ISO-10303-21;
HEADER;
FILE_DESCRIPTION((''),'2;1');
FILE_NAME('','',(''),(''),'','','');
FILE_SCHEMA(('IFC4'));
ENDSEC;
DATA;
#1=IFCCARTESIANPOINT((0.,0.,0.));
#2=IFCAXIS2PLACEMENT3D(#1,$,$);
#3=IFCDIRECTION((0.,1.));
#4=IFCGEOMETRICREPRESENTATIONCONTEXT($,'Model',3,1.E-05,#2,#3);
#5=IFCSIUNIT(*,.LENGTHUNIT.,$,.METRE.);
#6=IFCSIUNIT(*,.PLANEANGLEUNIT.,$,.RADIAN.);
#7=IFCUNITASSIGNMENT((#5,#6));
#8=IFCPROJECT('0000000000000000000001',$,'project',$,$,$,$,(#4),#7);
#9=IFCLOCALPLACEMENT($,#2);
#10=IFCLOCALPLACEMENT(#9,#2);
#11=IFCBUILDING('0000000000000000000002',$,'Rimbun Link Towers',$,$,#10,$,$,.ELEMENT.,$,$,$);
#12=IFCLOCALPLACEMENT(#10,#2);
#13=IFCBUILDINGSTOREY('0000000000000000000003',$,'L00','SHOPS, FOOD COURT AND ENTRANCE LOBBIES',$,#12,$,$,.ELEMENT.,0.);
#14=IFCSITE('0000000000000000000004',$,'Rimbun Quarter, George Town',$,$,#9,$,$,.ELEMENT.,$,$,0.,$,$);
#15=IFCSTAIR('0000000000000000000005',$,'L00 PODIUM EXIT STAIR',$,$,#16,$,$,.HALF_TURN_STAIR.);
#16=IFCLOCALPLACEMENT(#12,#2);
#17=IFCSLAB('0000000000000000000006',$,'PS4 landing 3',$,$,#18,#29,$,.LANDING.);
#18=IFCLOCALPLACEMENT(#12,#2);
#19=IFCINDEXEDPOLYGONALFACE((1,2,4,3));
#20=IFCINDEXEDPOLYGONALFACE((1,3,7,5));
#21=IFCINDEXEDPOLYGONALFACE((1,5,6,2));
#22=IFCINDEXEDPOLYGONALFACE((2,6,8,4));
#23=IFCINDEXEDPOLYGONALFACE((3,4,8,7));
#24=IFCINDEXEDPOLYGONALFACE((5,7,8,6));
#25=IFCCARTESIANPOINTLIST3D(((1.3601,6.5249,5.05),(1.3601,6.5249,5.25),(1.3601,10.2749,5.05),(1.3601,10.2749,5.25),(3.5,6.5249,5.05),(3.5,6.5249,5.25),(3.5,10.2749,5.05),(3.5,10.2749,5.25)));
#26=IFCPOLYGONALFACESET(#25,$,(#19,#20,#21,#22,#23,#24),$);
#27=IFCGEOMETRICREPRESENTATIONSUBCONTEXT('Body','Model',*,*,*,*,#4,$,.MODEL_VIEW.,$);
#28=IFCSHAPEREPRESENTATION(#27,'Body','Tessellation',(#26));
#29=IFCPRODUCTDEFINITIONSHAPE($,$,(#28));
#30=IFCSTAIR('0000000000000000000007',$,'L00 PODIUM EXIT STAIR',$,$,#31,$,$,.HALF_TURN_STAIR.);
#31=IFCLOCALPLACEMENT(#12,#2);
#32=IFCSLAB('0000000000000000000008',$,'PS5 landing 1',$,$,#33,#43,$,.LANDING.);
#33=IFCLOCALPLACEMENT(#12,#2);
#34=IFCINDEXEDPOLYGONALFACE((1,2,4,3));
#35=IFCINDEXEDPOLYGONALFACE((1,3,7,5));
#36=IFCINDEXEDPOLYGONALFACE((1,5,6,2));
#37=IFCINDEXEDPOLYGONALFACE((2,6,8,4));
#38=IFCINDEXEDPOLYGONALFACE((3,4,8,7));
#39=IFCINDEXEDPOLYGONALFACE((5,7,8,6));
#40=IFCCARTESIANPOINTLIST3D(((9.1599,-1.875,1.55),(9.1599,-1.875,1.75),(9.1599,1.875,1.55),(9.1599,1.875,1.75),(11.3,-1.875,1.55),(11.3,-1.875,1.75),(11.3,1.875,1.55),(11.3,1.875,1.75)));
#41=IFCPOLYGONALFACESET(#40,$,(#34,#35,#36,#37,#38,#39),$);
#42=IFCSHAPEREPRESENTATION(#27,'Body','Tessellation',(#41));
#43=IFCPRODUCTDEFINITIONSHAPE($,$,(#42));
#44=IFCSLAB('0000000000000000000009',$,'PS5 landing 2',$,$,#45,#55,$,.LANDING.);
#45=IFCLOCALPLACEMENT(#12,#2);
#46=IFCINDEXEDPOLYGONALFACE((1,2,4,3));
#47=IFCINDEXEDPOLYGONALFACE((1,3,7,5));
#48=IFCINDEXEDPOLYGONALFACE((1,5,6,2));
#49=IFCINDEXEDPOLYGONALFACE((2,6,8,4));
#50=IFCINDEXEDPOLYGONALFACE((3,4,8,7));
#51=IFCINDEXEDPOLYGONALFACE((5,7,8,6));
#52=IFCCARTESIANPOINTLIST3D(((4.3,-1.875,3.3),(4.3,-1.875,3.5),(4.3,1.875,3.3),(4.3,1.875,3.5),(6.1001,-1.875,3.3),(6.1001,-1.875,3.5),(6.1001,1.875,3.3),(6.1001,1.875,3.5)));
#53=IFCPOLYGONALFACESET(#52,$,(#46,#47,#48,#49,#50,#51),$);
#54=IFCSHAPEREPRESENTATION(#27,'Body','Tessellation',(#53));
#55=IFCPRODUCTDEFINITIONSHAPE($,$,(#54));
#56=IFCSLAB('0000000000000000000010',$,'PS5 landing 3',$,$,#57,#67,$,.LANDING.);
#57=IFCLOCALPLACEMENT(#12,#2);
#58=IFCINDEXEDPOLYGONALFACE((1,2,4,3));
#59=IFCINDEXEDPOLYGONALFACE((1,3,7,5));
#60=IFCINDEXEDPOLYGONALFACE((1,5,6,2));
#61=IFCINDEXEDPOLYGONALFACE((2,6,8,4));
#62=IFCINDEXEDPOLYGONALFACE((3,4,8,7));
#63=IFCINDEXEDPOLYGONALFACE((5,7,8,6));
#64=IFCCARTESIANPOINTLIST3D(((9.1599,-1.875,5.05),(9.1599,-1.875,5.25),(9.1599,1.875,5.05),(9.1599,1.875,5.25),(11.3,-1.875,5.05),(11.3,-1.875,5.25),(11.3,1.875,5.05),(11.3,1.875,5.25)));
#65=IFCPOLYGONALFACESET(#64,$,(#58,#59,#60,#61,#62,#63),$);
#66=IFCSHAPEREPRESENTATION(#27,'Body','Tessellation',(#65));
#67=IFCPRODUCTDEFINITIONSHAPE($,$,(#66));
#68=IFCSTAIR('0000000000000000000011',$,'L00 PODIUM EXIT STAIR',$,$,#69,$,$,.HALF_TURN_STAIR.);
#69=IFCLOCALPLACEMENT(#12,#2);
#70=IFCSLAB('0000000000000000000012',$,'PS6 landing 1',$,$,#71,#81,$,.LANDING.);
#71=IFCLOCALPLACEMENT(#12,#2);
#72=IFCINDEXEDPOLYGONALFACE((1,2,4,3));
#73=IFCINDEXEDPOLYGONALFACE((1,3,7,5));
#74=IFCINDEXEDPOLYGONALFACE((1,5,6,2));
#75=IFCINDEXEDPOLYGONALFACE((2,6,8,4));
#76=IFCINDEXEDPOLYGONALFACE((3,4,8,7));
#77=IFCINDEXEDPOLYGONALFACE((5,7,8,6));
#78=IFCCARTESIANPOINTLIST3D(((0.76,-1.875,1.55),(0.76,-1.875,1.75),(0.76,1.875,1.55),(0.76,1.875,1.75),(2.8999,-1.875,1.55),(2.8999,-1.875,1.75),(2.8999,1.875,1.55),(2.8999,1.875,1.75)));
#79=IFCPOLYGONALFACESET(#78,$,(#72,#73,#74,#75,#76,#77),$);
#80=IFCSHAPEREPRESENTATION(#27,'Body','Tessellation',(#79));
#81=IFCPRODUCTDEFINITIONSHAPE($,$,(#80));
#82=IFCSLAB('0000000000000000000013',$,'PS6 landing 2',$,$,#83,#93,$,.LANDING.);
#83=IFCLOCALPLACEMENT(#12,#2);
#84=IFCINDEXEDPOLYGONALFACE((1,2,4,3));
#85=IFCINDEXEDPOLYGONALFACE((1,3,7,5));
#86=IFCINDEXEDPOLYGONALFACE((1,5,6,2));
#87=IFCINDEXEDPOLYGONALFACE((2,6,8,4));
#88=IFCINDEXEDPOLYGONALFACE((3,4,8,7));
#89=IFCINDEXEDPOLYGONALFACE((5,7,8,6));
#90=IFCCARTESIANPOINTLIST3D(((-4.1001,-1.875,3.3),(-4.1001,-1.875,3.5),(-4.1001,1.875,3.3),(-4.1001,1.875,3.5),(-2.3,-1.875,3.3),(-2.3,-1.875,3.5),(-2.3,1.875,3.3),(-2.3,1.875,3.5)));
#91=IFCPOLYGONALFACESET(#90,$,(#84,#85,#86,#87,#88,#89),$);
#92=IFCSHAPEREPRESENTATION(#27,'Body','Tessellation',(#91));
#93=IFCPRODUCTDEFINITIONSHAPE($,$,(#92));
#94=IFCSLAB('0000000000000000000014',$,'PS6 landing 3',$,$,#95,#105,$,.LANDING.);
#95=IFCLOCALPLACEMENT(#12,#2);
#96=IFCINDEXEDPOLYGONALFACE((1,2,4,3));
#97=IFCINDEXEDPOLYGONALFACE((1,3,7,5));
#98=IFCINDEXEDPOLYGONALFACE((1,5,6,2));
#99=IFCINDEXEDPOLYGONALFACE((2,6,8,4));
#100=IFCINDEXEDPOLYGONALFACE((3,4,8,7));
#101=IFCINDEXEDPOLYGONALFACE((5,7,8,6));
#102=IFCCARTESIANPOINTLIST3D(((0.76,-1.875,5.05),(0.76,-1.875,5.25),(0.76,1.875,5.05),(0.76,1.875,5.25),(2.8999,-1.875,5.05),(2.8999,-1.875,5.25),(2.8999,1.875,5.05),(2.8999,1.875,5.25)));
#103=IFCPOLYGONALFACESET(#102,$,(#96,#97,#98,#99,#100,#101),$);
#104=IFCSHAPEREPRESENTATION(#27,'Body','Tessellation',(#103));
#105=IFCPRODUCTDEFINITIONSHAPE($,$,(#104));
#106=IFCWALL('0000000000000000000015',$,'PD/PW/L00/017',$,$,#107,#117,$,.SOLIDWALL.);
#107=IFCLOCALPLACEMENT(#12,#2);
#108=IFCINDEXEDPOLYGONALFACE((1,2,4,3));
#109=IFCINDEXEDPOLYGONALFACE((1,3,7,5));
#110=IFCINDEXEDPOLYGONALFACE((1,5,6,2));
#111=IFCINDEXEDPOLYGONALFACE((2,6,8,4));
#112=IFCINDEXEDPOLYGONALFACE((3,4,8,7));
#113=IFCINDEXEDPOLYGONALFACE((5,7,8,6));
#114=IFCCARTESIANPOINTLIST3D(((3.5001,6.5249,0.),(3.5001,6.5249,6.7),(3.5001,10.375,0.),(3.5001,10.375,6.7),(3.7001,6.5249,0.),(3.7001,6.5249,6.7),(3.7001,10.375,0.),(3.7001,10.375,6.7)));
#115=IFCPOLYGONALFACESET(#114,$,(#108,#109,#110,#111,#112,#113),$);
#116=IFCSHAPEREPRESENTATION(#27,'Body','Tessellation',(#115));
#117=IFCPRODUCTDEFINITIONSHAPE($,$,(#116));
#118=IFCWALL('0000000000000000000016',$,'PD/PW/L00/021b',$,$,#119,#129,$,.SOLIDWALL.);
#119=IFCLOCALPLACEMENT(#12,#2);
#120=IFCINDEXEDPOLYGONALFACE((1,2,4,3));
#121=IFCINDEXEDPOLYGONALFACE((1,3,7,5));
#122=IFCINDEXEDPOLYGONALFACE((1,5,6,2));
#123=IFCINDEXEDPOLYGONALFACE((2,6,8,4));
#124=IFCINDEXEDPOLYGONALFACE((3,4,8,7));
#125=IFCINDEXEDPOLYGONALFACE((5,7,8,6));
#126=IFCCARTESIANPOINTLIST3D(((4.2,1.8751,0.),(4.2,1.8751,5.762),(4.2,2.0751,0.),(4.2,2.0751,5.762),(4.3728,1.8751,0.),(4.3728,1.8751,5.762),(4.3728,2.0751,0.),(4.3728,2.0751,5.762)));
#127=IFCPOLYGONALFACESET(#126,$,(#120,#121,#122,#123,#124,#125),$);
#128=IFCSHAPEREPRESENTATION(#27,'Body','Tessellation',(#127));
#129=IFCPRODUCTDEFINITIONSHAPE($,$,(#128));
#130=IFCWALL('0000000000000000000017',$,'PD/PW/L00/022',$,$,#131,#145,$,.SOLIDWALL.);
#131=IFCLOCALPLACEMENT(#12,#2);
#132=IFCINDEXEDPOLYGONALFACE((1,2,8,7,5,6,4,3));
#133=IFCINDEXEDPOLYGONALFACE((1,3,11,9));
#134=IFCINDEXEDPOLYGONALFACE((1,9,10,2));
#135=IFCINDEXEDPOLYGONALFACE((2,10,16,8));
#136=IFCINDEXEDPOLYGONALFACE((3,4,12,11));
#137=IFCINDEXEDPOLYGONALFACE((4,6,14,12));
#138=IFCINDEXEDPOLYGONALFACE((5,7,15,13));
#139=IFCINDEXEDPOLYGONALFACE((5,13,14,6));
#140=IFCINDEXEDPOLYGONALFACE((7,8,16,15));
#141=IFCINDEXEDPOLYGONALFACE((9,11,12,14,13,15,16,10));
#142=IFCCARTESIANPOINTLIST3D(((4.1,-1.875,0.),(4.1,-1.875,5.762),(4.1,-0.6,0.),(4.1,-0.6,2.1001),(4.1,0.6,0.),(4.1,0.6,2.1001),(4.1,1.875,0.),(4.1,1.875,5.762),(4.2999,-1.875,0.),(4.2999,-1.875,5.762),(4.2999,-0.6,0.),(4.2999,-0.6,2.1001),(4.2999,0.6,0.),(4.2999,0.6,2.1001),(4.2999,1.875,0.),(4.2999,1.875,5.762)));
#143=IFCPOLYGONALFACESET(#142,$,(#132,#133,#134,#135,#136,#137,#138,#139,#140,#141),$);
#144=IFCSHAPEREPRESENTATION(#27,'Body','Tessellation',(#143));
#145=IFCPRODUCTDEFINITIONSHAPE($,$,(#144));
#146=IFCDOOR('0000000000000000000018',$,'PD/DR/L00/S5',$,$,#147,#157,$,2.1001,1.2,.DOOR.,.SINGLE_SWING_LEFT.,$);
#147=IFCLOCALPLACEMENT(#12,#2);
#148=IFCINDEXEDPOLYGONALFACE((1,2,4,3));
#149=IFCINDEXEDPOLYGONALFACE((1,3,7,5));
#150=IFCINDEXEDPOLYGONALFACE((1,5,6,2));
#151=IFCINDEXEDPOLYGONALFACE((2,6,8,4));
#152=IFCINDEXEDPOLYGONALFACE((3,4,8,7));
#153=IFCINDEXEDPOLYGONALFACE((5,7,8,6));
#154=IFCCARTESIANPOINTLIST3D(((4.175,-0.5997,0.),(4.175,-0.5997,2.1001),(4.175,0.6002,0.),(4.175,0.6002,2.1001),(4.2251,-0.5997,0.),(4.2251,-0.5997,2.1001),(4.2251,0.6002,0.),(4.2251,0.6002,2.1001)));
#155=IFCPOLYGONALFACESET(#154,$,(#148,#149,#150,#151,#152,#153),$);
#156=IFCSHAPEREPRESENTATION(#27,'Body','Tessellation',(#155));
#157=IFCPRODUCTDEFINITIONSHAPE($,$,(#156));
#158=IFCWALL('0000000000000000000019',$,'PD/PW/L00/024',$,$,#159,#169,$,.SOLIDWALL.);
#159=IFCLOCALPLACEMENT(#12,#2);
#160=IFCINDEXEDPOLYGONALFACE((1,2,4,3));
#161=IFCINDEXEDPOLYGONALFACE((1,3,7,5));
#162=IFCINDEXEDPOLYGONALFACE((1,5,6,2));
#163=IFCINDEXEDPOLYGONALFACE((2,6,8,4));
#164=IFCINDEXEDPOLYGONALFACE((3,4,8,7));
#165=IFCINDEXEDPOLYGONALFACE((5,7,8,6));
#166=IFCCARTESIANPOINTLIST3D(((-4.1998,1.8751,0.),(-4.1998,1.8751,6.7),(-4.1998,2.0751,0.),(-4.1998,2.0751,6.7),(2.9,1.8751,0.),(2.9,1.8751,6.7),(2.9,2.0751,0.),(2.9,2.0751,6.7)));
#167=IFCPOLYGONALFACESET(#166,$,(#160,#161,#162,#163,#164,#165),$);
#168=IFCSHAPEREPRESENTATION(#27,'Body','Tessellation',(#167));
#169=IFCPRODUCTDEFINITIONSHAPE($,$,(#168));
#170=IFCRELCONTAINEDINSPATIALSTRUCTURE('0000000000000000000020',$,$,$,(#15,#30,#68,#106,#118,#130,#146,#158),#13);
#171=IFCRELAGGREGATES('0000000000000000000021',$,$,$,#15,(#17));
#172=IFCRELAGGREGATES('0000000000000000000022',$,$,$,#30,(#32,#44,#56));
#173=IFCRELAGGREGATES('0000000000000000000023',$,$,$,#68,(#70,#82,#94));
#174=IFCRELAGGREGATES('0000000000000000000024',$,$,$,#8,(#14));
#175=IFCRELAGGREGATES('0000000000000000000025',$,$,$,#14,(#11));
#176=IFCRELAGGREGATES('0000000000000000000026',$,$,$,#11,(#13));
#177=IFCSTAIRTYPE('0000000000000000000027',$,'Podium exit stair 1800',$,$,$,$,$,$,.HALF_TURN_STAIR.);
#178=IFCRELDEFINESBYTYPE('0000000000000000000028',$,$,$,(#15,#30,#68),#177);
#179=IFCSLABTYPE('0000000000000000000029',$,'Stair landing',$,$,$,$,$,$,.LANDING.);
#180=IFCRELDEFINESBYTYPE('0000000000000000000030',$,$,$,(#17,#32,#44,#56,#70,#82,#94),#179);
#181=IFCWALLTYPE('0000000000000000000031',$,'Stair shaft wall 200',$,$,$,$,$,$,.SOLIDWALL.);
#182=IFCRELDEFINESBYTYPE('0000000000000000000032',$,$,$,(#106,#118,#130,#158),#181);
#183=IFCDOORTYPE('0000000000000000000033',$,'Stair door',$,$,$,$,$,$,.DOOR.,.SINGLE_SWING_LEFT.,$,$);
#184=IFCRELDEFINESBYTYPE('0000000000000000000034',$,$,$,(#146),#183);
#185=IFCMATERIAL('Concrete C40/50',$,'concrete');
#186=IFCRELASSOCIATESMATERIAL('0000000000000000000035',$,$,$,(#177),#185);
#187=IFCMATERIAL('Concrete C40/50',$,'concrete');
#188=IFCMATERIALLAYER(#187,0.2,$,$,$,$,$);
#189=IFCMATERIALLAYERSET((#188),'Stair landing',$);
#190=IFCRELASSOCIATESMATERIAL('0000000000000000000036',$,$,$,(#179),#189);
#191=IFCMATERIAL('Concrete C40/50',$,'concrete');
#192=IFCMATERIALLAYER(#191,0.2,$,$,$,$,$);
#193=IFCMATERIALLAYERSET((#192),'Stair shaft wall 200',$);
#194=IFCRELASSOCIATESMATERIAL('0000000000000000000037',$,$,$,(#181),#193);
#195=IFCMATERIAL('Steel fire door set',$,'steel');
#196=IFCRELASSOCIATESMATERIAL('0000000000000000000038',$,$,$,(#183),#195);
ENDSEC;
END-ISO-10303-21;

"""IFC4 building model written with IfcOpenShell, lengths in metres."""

from ifc_helpers import new_model, si_unit, direction, frame, frame_2d, origin, place, context, subcontext, project, spatial, polyline, rectangle, outline, extrude, material, layer, layer_set, type_object, element, fill, aggregate, save


model = new_model("IFC4")

# Units and contexts
model_context = context("Model", 3, precision=1e-05, world=origin(), true_north=direction((0.0, 1.0)))
body_context = subcontext(model_context, "Body", "Model", "MODEL_VIEW")
ifc_project = project(units=[si_unit("LENGTHUNIT", "METRE"), si_unit("PLANEANGLEUNIT", "RADIAN")], contexts=[model_context])

# Site, building, storey
site_placement = place(None, origin())
site = spatial("IfcSite", under=ifc_project, at=site_placement, Name="Rimbun Quarter, George Town", CompositionType="ELEMENT", RefElevation=0.0)
building_placement = place(site_placement, origin())
building = spatial("IfcBuilding", under=site, at=building_placement, Name="Rimbun Link Towers", CompositionType="ELEMENT")
storey_placement = place(building_placement, origin())
storey = spatial("IfcBuildingStorey", under=building, at=storey_placement, Name="L00", Description="SHOPS, FOOD COURT AND ENTRANCE LOBBIES", CompositionType="ELEMENT", Elevation=0.0)

# Stairs, slabs
ifc_material_1 = material(Name="Concrete C40/50", Category="concrete")
stair_type = type_object("IfcStairType", Name="Podium exit stair 1800", PredefinedType="HALF_TURN_STAIR", material=ifc_material_1)
ifc_material_2 = material(Name="Concrete C40/50", Category="concrete")
ifc_layer_1 = layer(ifc_material_2, 0.2)
ifc_layer_set_1 = layer_set([ifc_layer_1], Name="Stair landing")
slab_type = type_object("IfcSlabType", Name="Stair landing", PredefinedType="LANDING", material=ifc_layer_set_1)
stair_1_placement = place(storey_placement, origin())
stair_1 = element("IfcStair", 1, at=stair_1_placement, inside=storey, type_object=stair_type, Name="L00 PODIUM EXIT STAIR", PredefinedType="HALF_TURN_STAIR")
slab_1_placement = place(storey_placement, frame((0.0, 0.0, 5.05)))
slab_1 = element("IfcSlab", 2, at=slab_1_placement, type_object=slab_type, Name="PS4 landing 3", PredefinedType="LANDING", context=body_context, shape_type="SweptSolid", body=[
    extrude(outline(polyline([(1.3601, 6.5249), (3.5, 6.5249), (3.5, 10.2749), (1.3601, 10.2749), (1.3601, 6.5249)])), origin(), (0.0, 0.0, 1.0), 0.2),
])
aggregate(stair_1, [slab_1])
stair_2_placement = place(storey_placement, origin())
stair_2 = element("IfcStair", 3, at=stair_2_placement, inside=storey, type_object=stair_type, Name="L00 PODIUM EXIT STAIR", PredefinedType="HALF_TURN_STAIR")
slab_2_placement = place(storey_placement, frame((0.0, 0.0, 1.55)))
slab_2 = element("IfcSlab", 4, at=slab_2_placement, type_object=slab_type, Name="PS5 landing 1", PredefinedType="LANDING", context=body_context, shape_type="SweptSolid", body=[
    extrude(outline(polyline([(9.1599, -1.875), (11.3, -1.875), (11.3, 1.875), (9.1599, 1.875), (9.1599, -1.875)])), origin(), (0.0, 0.0, 1.0), 0.2),
])
slab_3_placement = place(storey_placement, frame((0.0, 0.0, 3.3)))
slab_3 = element("IfcSlab", 5, at=slab_3_placement, type_object=slab_type, Name="PS5 landing 2", PredefinedType="LANDING", context=body_context, shape_type="SweptSolid", body=[
    extrude(outline(polyline([(4.3, -1.875), (6.1001, -1.875), (6.1001, 1.875), (4.3, 1.875), (4.3, -1.875)])), origin(), (0.0, 0.0, 1.0), 0.2),
])
slab_4_placement = place(storey_placement, frame((0.0, 0.0, 5.05)))
slab_4 = element("IfcSlab", 6, at=slab_4_placement, type_object=slab_type, Name="PS5 landing 3", PredefinedType="LANDING", context=body_context, shape_type="SweptSolid", body=[
    extrude(outline(polyline([(9.1599, -1.875), (11.3, -1.875), (11.3, 1.875), (9.1599, 1.875), (9.1599, -1.875)])), origin(), (0.0, 0.0, 1.0), 0.2),
])
aggregate(stair_2, [slab_2, slab_3, slab_4])
stair_3_placement = place(storey_placement, origin())
stair_3 = element("IfcStair", 7, at=stair_3_placement, inside=storey, type_object=stair_type, Name="L00 PODIUM EXIT STAIR", PredefinedType="HALF_TURN_STAIR")
slab_5_placement = place(storey_placement, frame((0.0, 0.0, 1.55)))
slab_5 = element("IfcSlab", 8, at=slab_5_placement, type_object=slab_type, Name="PS6 landing 1", PredefinedType="LANDING", context=body_context, shape_type="SweptSolid", body=[
    extrude(outline(polyline([(0.76, -1.875), (2.8999, -1.875), (2.8999, 1.875), (0.76, 1.875), (0.76, -1.875)])), origin(), (0.0, 0.0, 1.0), 0.2),
])
slab_6_placement = place(storey_placement, frame((0.0, 0.0, 3.3)))
slab_6 = element("IfcSlab", 9, at=slab_6_placement, type_object=slab_type, Name="PS6 landing 2", PredefinedType="LANDING", context=body_context, shape_type="SweptSolid", body=[
    extrude(outline(polyline([(-4.1001, -1.875), (-2.3, -1.875), (-2.3, 1.875), (-4.1001, 1.875), (-4.1001, -1.875)])), origin(), (0.0, 0.0, 1.0), 0.2),
])
slab_7_placement = place(storey_placement, frame((0.0, 0.0, 5.05)))
slab_7 = element("IfcSlab", 10, at=slab_7_placement, type_object=slab_type, Name="PS6 landing 3", PredefinedType="LANDING", context=body_context, shape_type="SweptSolid", body=[
    extrude(outline(polyline([(0.76, -1.875), (2.8999, -1.875), (2.8999, 1.875), (0.76, 1.875), (0.76, -1.875)])), origin(), (0.0, 0.0, 1.0), 0.2),
])

# Walls
ifc_material_3 = material(Name="Concrete C40/50", Category="concrete")
ifc_layer_2 = layer(ifc_material_3, 0.2)
ifc_layer_set_2 = layer_set([ifc_layer_2], Name="Stair shaft wall 200")
wall_type = type_object("IfcWallType", Name="Stair shaft wall 200", PredefinedType="SOLIDWALL", material=ifc_layer_set_2)
wall_1_placement = place(storey_placement, frame((3.6001, 6.5249, 0.0), z_axis=(0.0, 0.0, 1.0), x_axis=(0.0, 1.0, 0.0)))
element("IfcWall", 11, at=wall_1_placement, inside=storey, type_object=wall_type, Name="PD/PW/L00/017", PredefinedType="SOLIDWALL", context=body_context, shape_type="SweptSolid", body=[
    extrude(rectangle(XDim=3.8501, YDim=0.2, at=frame_2d((1.925, 0.0))), origin(), (0.0, 0.0, 1.0), 6.7),
])
wall_2_placement = place(storey_placement, frame((4.3728, 1.9751, 0.0), z_axis=(0.0, 0.0, 1.0), x_axis=(-1.0, 0.0, 0.0)))
element("IfcWall", 12, at=wall_2_placement, inside=storey, type_object=wall_type, Name="PD/PW/L00/021b", PredefinedType="SOLIDWALL", context=body_context, shape_type="SweptSolid", body=[
    extrude(rectangle(XDim=0.1729, YDim=0.2, at=frame_2d((0.0864, 0.0))), origin(), (0.0, 0.0, 1.0), 5.762),
])

# Wall, opening, door
wall_3_placement = place(storey_placement, frame((4.2, 1.875, 0.0), z_axis=(0.0, 0.0, 1.0), x_axis=(0.0, -1.0, 0.0)))
wall_3 = element("IfcWall", 13, at=wall_3_placement, inside=storey, type_object=wall_type, Name="PD/PW/L00/022", PredefinedType="SOLIDWALL", context=body_context, shape_type="SweptSolid", body=[
    extrude(rectangle(XDim=3.75, YDim=0.2, at=frame_2d((1.875, 0.0))), origin(), (0.0, 0.0, 1.0), 5.762),
])
opening_placement = place(wall_3_placement, frame((1.2749, 0.0, 0.0)))
opening = element("IfcOpeningElement", 14, at=opening_placement, cuts=wall_3, PredefinedType="OPENING", context=body_context, shape_type="SweptSolid", body=[
    extrude(rectangle(XDim=1.2, YDim=2.1001, at=frame_2d((0.6001, 1.05))), frame((0.0, 0.1099, 0.0), z_axis=(0.0, -1.0, 0.0), x_axis=(1.0, 0.0, 0.0)), (0.0, 0.0, 1.0), 0.22),
])
ifc_material_4 = material(Name="Steel fire door set", Category="steel")
door_type = type_object("IfcDoorType", Name="Stair door", OperationType="SINGLE_SWING_LEFT", PredefinedType="DOOR", material=ifc_material_4)
door_placement = place(opening_placement, frame((1.2, 0.0, 0.0), z_axis=(0.0, 0.0, 1.0), x_axis=(-1.0, 0.0, 0.0)))
door = element("IfcDoor", 15, at=door_placement, inside=storey, type_object=door_type, Name="PD/DR/L00/S5", OperationType="SINGLE_SWING_LEFT", OverallHeight=2.1001, OverallWidth=1.2, PredefinedType="DOOR", context=body_context, shape_type="SweptSolid", body=[
    extrude(rectangle(XDim=1.2, YDim=2.1001, at=frame_2d((0.6001, 1.05))), frame((0.0, 0.0249, 0.0), z_axis=(0.0, -1.0, 0.0), x_axis=(1.0, 0.0, 0.0)), (0.0, 0.0, 1.0), 0.05),
])
fill(opening, door)

# Wall
wall_4_placement = place(storey_placement, frame((2.8999, 1.9751, 0.0), z_axis=(0.0, 0.0, 1.0), x_axis=(-1.0, 0.0, 0.0)))
element("IfcWall", 16, at=wall_4_placement, inside=storey, type_object=wall_type, Name="PD/PW/L00/024", PredefinedType="SOLIDWALL", context=body_context, shape_type="SweptSolid", body=[
    extrude(rectangle(XDim=7.0999, YDim=0.2, at=frame_2d((3.5498, 0.0))), origin(), (0.0, 0.0, 1.0), 6.7),
])

aggregate(stair_3, [slab_5, slab_6, slab_7])

save(model, "model.ifc")
